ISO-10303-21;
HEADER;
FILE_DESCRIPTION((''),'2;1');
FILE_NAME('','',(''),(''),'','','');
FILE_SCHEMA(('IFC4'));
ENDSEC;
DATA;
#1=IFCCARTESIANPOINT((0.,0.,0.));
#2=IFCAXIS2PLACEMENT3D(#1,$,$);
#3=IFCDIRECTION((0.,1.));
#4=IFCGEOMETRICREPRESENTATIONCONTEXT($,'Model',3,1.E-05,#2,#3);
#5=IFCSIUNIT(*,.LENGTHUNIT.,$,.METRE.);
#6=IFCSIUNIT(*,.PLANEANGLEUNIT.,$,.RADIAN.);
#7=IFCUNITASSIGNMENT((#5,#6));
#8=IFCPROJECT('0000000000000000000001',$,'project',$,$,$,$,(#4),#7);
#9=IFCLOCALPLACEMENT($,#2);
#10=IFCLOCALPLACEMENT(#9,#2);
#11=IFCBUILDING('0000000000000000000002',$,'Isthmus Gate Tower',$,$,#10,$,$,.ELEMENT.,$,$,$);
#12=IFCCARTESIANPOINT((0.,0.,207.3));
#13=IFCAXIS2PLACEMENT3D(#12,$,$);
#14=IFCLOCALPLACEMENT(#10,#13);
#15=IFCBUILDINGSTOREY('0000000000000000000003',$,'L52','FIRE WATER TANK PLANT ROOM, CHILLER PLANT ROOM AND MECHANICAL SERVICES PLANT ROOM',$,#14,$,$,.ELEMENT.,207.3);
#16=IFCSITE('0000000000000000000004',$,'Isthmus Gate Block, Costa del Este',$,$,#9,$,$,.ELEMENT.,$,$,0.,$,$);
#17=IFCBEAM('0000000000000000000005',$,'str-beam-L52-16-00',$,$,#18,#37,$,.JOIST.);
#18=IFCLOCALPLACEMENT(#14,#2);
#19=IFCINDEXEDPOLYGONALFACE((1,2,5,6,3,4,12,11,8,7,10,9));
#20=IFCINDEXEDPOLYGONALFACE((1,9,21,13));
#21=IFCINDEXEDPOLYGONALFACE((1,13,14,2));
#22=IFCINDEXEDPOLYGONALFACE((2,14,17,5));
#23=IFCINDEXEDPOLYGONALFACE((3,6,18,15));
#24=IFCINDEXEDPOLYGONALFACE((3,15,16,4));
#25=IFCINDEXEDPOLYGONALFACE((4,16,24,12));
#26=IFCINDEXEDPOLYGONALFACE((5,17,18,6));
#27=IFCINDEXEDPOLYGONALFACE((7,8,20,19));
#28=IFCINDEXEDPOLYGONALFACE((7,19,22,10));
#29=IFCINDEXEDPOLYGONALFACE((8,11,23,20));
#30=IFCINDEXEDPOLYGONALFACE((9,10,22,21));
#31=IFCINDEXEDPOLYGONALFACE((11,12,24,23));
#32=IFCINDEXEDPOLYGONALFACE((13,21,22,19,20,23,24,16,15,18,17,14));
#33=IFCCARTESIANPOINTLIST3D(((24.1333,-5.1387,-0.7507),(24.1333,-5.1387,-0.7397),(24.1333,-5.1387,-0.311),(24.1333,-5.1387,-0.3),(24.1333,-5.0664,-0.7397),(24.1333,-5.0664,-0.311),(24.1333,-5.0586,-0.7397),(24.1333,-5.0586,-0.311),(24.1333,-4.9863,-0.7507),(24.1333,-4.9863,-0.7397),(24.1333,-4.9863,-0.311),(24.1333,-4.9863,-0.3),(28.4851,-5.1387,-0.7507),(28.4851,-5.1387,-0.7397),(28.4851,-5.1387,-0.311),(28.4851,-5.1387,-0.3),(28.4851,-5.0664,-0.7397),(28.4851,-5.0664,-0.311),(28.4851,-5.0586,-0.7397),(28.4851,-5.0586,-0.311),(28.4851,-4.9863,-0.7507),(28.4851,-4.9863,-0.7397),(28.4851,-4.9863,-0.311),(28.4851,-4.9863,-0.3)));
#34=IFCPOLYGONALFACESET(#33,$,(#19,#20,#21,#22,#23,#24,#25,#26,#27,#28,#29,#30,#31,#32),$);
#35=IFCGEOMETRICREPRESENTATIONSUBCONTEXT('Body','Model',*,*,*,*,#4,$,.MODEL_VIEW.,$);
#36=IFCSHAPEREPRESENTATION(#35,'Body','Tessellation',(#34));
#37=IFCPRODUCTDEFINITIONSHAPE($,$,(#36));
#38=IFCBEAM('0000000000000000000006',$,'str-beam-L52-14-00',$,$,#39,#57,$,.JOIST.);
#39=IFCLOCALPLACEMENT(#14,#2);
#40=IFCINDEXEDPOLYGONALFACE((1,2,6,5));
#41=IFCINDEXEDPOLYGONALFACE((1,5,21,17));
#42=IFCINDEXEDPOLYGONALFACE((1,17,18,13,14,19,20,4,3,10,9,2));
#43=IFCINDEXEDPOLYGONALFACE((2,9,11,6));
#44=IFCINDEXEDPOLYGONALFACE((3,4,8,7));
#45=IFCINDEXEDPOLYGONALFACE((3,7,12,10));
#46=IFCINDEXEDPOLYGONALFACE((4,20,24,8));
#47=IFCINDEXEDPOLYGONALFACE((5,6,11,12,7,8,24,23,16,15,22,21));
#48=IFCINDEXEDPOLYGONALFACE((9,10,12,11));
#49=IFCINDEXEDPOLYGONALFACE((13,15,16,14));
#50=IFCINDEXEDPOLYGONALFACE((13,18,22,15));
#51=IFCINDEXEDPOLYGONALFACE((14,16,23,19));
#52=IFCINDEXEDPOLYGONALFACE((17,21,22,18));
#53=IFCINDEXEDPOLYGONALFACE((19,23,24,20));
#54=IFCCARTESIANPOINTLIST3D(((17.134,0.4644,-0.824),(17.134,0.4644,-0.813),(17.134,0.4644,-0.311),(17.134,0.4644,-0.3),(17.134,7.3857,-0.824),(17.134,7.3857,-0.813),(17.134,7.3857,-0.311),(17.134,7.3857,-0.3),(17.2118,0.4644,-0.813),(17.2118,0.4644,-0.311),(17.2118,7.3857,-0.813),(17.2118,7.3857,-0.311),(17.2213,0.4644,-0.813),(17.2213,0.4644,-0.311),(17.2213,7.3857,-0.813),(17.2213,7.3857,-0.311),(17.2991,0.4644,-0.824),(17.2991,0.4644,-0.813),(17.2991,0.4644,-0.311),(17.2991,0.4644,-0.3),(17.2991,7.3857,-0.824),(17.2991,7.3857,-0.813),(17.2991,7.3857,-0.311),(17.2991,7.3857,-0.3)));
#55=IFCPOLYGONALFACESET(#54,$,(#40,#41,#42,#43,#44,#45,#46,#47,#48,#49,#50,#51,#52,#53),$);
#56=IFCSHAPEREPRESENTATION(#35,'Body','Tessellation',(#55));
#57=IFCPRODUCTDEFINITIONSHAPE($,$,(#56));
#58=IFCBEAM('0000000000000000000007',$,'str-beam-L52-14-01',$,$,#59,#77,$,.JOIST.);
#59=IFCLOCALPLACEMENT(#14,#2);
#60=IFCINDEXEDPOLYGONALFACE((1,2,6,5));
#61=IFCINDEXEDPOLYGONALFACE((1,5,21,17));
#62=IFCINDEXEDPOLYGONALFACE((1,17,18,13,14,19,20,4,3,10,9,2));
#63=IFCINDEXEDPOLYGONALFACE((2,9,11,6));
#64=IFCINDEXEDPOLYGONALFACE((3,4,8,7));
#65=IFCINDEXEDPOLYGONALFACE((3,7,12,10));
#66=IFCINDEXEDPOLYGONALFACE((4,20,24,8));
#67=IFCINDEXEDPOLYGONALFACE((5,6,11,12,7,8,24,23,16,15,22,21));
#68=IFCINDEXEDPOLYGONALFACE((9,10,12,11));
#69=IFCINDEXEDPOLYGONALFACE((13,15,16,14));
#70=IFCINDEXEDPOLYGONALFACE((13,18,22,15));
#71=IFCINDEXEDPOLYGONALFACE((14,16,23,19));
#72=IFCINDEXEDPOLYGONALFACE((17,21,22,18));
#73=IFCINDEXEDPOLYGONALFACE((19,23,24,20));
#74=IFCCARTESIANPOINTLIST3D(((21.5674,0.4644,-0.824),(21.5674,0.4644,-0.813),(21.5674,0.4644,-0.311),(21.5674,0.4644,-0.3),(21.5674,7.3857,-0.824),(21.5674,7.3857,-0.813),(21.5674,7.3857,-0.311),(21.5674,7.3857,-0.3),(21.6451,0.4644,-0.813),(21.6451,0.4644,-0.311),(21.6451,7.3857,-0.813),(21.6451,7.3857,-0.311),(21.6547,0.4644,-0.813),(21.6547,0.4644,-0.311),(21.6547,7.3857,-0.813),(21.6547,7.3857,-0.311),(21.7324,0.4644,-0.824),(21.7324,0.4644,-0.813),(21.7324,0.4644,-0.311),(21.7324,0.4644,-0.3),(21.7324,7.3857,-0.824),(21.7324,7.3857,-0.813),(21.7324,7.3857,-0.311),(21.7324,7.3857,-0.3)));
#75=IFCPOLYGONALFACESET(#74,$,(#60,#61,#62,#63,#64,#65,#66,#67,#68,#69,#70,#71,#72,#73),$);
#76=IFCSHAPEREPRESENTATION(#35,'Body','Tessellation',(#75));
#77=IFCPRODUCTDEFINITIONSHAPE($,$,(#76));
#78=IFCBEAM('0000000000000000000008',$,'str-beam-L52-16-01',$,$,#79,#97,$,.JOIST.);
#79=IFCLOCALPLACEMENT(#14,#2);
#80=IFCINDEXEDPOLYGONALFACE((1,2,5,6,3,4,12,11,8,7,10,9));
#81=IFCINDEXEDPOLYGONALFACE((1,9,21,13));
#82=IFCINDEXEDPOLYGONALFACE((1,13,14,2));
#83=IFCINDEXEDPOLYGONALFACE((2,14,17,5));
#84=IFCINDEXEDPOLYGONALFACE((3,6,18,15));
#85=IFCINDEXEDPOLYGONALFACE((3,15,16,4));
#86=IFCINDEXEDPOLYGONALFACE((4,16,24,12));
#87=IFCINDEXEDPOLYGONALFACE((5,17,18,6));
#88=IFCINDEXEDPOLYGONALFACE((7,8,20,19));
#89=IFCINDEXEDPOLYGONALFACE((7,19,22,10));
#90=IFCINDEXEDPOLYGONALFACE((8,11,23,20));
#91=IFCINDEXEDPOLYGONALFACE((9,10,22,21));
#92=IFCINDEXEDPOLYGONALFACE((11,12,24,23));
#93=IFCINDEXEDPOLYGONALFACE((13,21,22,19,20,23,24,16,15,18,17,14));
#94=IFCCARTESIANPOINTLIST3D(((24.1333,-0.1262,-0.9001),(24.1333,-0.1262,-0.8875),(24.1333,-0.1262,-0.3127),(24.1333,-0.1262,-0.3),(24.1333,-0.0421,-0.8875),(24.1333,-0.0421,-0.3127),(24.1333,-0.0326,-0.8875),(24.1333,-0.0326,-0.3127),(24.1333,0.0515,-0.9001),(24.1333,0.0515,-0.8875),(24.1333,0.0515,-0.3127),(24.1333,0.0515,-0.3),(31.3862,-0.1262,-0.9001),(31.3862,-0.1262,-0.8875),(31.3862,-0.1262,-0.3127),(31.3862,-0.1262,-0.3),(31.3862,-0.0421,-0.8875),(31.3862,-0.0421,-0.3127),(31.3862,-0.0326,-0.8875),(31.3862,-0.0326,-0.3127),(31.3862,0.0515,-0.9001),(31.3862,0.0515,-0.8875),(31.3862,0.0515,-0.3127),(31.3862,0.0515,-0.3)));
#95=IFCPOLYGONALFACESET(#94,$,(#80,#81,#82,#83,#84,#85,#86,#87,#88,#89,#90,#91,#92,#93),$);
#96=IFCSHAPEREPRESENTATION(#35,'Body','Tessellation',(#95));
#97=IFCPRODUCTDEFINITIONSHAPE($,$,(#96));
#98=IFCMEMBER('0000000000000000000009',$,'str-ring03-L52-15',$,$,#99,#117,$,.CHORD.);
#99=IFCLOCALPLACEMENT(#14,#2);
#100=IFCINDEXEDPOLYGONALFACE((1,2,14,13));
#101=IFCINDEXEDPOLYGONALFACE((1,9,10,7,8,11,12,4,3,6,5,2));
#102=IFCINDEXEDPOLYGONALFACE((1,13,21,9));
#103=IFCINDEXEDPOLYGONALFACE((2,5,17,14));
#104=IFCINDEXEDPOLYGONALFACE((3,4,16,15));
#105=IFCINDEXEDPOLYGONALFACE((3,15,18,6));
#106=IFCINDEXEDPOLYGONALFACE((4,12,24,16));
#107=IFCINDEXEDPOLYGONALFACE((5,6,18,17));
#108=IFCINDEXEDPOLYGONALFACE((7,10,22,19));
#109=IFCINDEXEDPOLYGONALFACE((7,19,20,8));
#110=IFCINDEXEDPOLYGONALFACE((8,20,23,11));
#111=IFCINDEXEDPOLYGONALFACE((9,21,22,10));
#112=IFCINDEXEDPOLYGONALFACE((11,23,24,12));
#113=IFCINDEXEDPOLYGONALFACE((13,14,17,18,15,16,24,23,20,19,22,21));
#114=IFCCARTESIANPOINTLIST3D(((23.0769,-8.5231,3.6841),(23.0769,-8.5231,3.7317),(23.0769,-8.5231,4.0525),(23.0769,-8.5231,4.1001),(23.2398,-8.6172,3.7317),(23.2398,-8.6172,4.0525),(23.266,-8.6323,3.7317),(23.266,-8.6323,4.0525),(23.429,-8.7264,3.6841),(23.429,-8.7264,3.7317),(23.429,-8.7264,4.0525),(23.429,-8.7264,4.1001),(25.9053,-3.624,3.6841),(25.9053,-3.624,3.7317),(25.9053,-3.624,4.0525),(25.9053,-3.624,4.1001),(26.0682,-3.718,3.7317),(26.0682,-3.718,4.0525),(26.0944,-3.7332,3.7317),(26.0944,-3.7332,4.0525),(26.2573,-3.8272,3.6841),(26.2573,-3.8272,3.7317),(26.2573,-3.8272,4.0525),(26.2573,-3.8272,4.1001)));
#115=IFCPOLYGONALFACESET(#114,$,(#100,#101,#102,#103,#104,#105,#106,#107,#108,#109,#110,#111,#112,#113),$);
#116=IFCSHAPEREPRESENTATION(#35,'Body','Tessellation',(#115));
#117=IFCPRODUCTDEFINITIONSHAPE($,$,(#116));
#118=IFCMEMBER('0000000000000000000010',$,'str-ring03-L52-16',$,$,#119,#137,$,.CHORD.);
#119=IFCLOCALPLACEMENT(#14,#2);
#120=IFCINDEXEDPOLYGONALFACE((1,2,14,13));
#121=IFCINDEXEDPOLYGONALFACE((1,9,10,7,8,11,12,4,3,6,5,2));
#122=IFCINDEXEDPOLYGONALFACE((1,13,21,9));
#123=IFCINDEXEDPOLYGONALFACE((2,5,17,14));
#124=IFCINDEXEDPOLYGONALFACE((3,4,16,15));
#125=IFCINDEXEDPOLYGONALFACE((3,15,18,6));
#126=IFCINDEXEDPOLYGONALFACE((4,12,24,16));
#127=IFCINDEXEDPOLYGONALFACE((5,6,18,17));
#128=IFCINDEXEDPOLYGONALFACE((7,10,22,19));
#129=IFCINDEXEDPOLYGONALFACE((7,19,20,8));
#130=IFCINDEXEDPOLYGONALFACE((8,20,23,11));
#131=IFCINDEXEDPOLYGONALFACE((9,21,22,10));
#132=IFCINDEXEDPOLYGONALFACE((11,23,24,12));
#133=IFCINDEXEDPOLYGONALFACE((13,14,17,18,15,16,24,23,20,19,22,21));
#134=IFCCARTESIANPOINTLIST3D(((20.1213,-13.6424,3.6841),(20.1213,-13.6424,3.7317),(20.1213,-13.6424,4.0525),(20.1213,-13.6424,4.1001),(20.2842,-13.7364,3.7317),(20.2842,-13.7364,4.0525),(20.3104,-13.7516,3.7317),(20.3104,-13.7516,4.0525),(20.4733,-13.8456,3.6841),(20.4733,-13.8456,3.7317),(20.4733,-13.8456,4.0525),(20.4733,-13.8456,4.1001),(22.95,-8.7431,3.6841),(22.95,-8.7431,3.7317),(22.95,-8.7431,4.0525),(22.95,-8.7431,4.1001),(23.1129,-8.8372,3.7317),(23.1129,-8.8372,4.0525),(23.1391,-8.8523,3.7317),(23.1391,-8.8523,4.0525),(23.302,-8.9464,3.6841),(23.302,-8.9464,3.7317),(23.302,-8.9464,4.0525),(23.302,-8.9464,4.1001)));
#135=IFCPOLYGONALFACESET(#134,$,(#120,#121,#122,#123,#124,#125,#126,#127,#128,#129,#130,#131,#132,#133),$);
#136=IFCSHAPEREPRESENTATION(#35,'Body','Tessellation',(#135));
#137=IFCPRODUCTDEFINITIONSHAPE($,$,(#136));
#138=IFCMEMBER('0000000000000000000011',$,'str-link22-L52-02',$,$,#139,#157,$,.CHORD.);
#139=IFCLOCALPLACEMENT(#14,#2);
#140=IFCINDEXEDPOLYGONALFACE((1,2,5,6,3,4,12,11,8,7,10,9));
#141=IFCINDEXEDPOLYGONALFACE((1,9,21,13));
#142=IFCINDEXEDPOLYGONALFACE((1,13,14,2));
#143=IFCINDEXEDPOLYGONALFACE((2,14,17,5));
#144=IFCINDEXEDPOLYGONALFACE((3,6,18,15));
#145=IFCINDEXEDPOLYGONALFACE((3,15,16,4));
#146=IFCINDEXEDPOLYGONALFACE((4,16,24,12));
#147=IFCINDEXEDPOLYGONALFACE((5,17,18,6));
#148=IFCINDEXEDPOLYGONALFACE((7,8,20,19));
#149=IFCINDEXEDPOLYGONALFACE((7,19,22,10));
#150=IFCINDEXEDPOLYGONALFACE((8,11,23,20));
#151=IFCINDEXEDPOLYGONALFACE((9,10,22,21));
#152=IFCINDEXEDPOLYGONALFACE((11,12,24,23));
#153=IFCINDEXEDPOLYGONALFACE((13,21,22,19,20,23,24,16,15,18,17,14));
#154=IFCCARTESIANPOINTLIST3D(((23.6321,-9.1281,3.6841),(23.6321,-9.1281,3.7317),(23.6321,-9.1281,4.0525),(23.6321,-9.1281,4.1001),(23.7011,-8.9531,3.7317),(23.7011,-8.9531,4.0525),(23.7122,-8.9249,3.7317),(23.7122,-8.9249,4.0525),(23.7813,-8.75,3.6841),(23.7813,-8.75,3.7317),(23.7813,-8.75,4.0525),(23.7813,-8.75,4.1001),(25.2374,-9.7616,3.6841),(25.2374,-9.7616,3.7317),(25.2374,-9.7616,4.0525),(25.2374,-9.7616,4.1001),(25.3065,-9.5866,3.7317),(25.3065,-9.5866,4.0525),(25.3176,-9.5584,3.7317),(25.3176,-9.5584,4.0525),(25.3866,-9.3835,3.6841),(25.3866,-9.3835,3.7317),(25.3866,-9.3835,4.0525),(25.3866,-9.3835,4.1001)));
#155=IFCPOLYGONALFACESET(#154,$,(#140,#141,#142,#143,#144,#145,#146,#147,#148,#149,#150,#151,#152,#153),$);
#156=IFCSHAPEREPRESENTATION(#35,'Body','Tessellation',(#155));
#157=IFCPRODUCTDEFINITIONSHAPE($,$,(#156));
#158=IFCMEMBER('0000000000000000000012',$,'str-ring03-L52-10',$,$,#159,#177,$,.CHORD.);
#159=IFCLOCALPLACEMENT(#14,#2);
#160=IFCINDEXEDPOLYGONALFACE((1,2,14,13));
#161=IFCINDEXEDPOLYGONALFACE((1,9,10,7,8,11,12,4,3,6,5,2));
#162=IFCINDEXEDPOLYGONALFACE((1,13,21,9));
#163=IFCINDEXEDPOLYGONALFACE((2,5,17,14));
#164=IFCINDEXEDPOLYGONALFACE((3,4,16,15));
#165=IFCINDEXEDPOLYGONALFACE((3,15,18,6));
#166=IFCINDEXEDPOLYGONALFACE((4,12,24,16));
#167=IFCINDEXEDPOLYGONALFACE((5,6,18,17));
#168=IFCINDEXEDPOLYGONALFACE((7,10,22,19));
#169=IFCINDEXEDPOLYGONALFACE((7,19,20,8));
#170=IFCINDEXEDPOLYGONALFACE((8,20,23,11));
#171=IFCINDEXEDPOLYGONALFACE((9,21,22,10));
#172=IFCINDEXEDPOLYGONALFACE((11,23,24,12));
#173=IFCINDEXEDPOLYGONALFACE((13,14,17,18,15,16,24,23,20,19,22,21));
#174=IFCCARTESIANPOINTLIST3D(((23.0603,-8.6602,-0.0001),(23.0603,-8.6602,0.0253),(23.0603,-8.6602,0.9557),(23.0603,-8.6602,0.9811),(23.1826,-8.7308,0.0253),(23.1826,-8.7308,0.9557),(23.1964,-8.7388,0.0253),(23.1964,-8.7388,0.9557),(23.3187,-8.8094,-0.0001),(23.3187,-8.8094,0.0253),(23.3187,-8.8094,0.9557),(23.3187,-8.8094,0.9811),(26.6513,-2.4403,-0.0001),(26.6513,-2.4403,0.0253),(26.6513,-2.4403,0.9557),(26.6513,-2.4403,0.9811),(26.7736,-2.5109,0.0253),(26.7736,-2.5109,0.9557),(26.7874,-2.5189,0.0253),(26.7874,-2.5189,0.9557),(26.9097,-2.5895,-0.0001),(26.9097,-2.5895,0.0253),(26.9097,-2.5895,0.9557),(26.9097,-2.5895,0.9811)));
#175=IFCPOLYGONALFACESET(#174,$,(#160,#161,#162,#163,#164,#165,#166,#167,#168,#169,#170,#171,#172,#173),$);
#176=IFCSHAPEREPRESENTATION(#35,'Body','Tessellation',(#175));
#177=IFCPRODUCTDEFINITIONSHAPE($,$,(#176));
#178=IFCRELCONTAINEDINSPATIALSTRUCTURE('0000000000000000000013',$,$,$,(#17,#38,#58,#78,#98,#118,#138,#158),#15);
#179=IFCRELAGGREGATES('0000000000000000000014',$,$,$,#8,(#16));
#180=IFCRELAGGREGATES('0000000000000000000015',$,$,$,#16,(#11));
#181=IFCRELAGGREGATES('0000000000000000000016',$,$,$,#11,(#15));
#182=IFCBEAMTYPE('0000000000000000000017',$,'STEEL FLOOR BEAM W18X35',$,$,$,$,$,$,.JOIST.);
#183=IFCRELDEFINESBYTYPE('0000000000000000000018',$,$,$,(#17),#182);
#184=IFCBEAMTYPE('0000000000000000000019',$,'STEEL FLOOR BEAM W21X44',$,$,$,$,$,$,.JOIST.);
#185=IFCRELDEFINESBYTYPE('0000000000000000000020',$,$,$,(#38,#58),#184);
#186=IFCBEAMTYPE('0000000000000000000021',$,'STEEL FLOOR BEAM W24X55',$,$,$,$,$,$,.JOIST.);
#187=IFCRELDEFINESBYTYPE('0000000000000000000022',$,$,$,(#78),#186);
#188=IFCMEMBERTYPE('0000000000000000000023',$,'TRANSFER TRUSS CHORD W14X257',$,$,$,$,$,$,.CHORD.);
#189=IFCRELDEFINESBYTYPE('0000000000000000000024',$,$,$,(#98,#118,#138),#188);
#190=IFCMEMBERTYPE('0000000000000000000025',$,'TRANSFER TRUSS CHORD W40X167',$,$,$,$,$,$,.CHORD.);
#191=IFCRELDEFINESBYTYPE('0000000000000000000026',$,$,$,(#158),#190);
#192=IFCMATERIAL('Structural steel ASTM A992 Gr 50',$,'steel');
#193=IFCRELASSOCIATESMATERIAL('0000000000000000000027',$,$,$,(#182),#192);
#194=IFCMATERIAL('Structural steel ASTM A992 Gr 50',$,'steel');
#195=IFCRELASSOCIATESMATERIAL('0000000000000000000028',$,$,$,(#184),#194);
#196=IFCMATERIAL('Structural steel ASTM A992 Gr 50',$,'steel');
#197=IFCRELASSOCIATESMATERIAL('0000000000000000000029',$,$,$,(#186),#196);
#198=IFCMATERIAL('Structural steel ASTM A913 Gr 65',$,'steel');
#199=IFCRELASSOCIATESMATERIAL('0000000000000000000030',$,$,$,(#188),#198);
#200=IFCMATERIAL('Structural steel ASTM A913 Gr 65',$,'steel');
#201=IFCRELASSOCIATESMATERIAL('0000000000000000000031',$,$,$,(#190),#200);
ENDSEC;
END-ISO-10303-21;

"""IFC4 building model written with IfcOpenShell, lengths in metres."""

from ifc_helpers import new_model, si_unit, direction, frame, origin, origin_2d, place, context, subcontext, project, spatial, i_section, extrude, material, material_profile, profile_set, type_object, element, save


model = new_model("IFC4")

# Units and contexts
model_context = context("Model", 3, precision=1e-05, world=origin(), true_north=direction((0.0, 1.0)))
body_context = subcontext(model_context, "Body", "Model", "MODEL_VIEW")
ifc_project = project(units=[si_unit("LENGTHUNIT", "METRE"), si_unit("PLANEANGLEUNIT", "RADIAN")], contexts=[model_context])

# Site, building, storey
site_placement = place(None, origin())
site = spatial("IfcSite", under=ifc_project, at=site_placement, Name="Isthmus Gate Block, Costa del Este", CompositionType="ELEMENT", RefElevation=0.0)
building_placement = place(site_placement, origin())
building = spatial("IfcBuilding", under=site, at=building_placement, Name="Isthmus Gate Tower", CompositionType="ELEMENT")
storey_placement = place(building_placement, frame((0.0, 0.0, 207.3)))
storey = spatial("IfcBuildingStorey", under=building, at=storey_placement, Name="L52", Description="FIRE WATER TANK PLANT ROOM, CHILLER PLANT ROOM AND MECHANICAL SERVICES PLANT ROOM", CompositionType="ELEMENT", Elevation=207.3)

# Beams
ifc_material_1 = material(Name="Structural steel ASTM A992 Gr 50", Category="steel")
ifc_material_profile_1 = material_profile(ifc_material_1, i_section(OverallWidth=0.1523, OverallDepth=0.4507, WebThickness=0.0078, FlangeThickness=0.011, at=origin_2d()), Name="W18X35")
ifc_profile_set_1 = profile_set([ifc_material_profile_1], Name="Structural steel ASTM A992 Gr 50")
beam_type_1 = type_object("IfcBeamType", Name="STEEL FLOOR BEAM W18X35", PredefinedType="JOIST", material=ifc_profile_set_1)
beam_1_placement = place(storey_placement, frame((24.1333, -5.0625, -0.5254), z_axis=(1.0, 0.0, 0.0), x_axis=(0.0, 1.0, 0.0)))
element("IfcBeam", 1, at=beam_1_placement, inside=storey, type_object=beam_type_1, Name="str-beam-L52-16-00", PredefinedType="JOIST", context=body_context, shape_type="SweptSolid", body=[
    extrude(i_section(OverallWidth=0.1523, OverallDepth=0.4507, WebThickness=0.0078, FlangeThickness=0.011, at=origin_2d()), origin(), (0.0, 0.0, 1.0), 4.3518),
])
ifc_material_2 = material(Name="Structural steel ASTM A992 Gr 50", Category="steel")
ifc_material_profile_2 = material_profile(ifc_material_2, i_section(OverallWidth=0.165, OverallDepth=0.5239, WebThickness=0.0095, FlangeThickness=0.011, at=origin_2d()), Name="W21X44")
ifc_profile_set_2 = profile_set([ifc_material_profile_2], Name="Structural steel ASTM A992 Gr 50")
beam_type_2 = type_object("IfcBeamType", Name="STEEL FLOOR BEAM W21X44", PredefinedType="JOIST", material=ifc_profile_set_2)
for number, where, z_axis, x_axis, name in (
    (2, (17.2166, 0.4644, -0.562), (0.0, 1.0, 0.0), (-1.0, 0.0, 0.0), "str-beam-L52-14-00"),
    (3, (21.6499, 0.4644, -0.562), (0.0, 1.0, 0.0), (-1.0, 0.0, 0.0), "str-beam-L52-14-01"),
):
    element("IfcBeam", number, at=place(storey_placement, frame(where, z_axis=z_axis, x_axis=x_axis)), inside=storey, type_object=beam_type_2, Name=name, PredefinedType="JOIST", context=body_context, shape_type="SweptSolid", body=[
        extrude(i_section(OverallWidth=0.165, OverallDepth=0.5239, WebThickness=0.0095, FlangeThickness=0.011, at=origin_2d()), origin(), (0.0, 0.0, 1.0), 6.9214),
    ])
ifc_material_3 = material(Name="Structural steel ASTM A992 Gr 50", Category="steel")
ifc_material_profile_3 = material_profile(ifc_material_3, i_section(OverallWidth=0.1777, OverallDepth=0.6001, WebThickness=0.0095, FlangeThickness=0.0127, at=origin_2d()), Name="W24X55")
ifc_profile_set_3 = profile_set([ifc_material_profile_3], Name="Structural steel ASTM A992 Gr 50")
beam_type_3 = type_object("IfcBeamType", Name="STEEL FLOOR BEAM W24X55", PredefinedType="JOIST", material=ifc_profile_set_3)
beam_2_placement = place(storey_placement, frame((24.1333, -0.0374, -0.6001), z_axis=(1.0, 0.0, 0.0), x_axis=(0.0, 1.0, 0.0)))
element("IfcBeam", 4, at=beam_2_placement, inside=storey, type_object=beam_type_3, Name="str-beam-L52-16-01", PredefinedType="JOIST", context=body_context, shape_type="SweptSolid", body=[
    extrude(i_section(OverallWidth=0.1777, OverallDepth=0.6001, WebThickness=0.0095, FlangeThickness=0.0127, at=origin_2d()), origin(), (0.0, 0.0, 1.0), 7.2529),
])

# Members
ifc_material_4 = material(Name="Structural steel ASTM A913 Gr 65", Category="steel")
ifc_material_profile_4 = material_profile(ifc_material_4, i_section(OverallWidth=0.4065, OverallDepth=0.416, WebThickness=0.0303, FlangeThickness=0.0476, at=origin_2d()), Name="W14X257")
ifc_profile_set_4 = profile_set([ifc_material_profile_4], Name="Structural steel ASTM A913 Gr 65")
member_type_1 = type_object("IfcMemberType", Name="TRANSFER TRUSS CHORD W14X257", PredefinedType="CHORD", material=ifc_profile_set_4)
member_1_placement = place(storey_placement, frame((26.0813, -3.7256, 3.8921), z_axis=(-0.499978, -0.866038, 0.0), x_axis=(0.866038, -0.499978, 0.0)))
element("IfcMember", 5, at=member_1_placement, inside=storey, type_object=member_type_1, Name="str-ring03-L52-15", PredefinedType="CHORD", context=body_context, shape_type="SweptSolid", body=[
    extrude(i_section(OverallWidth=0.4065, OverallDepth=0.416, WebThickness=0.0303, FlangeThickness=0.0476, at=origin_2d()), origin(), (0.0, 0.0, 1.0), 5.657),
])
member_2_placement = place(storey_placement, frame((23.126, -8.8447, 3.8921), z_axis=(-0.50001, -0.86602, 0.0), x_axis=(0.86602, -0.50001, 0.0)))
element("IfcMember", 6, at=member_2_placement, inside=storey, type_object=member_type_1, Name="str-ring03-L52-16", PredefinedType="CHORD", context=body_context, shape_type="SweptSolid", body=[
    extrude(i_section(OverallWidth=0.4065, OverallDepth=0.416, WebThickness=0.0303, FlangeThickness=0.0476, at=origin_2d()), origin(), (0.0, 0.0, 1.0), 5.6572),
])
member_3_placement = place(storey_placement, frame((25.312, -9.5725, 3.8921), z_axis=(-0.930193, 0.36707, 0.0), x_axis=(-0.36707, -0.930193, 0.0)))
element("IfcMember", 7, at=member_3_placement, inside=storey, type_object=member_type_1, Name="str-link22-L52-02", PredefinedType="CHORD", context=body_context, shape_type="SweptSolid", body=[
    extrude(i_section(OverallWidth=0.4065, OverallDepth=0.416, WebThickness=0.0303, FlangeThickness=0.0476, at=origin_2d()), origin(), (0.0, 0.0, 1.0), 1.7258),
])
ifc_material_5 = material(Name="Structural steel ASTM A913 Gr 65", Category="steel")
ifc_material_profile_5 = material_profile(ifc_material_5, i_section(OverallWidth=0.2983, OverallDepth=0.9812, WebThickness=0.0159, FlangeThickness=0.0254, at=origin_2d()), Name="W40X167")
ifc_profile_set_5 = profile_set([ifc_material_profile_5], Name="Structural steel ASTM A913 Gr 65")
member_type_2 = type_object("IfcMemberType", Name="TRANSFER TRUSS CHORD W40X167", PredefinedType="CHORD", material=ifc_profile_set_5)
member_4_placement = place(storey_placement, frame((26.7805, -2.5149, 0.4905), z_axis=(-0.499996, -0.866028, 0.0), x_axis=(0.866028, -0.499996, 0.0)))
element("IfcMember", 8, at=member_4_placement, inside=storey, type_object=member_type_2, Name="str-ring03-L52-10", PredefinedType="CHORD", context=body_context, shape_type="SweptSolid", body=[
    extrude(i_section(OverallWidth=0.2983, OverallDepth=0.9812, WebThickness=0.0159, FlangeThickness=0.0254, at=origin_2d()), origin(), (0.0, 0.0, 1.0), 7.1821),
])

save(model, "model.ifc")
